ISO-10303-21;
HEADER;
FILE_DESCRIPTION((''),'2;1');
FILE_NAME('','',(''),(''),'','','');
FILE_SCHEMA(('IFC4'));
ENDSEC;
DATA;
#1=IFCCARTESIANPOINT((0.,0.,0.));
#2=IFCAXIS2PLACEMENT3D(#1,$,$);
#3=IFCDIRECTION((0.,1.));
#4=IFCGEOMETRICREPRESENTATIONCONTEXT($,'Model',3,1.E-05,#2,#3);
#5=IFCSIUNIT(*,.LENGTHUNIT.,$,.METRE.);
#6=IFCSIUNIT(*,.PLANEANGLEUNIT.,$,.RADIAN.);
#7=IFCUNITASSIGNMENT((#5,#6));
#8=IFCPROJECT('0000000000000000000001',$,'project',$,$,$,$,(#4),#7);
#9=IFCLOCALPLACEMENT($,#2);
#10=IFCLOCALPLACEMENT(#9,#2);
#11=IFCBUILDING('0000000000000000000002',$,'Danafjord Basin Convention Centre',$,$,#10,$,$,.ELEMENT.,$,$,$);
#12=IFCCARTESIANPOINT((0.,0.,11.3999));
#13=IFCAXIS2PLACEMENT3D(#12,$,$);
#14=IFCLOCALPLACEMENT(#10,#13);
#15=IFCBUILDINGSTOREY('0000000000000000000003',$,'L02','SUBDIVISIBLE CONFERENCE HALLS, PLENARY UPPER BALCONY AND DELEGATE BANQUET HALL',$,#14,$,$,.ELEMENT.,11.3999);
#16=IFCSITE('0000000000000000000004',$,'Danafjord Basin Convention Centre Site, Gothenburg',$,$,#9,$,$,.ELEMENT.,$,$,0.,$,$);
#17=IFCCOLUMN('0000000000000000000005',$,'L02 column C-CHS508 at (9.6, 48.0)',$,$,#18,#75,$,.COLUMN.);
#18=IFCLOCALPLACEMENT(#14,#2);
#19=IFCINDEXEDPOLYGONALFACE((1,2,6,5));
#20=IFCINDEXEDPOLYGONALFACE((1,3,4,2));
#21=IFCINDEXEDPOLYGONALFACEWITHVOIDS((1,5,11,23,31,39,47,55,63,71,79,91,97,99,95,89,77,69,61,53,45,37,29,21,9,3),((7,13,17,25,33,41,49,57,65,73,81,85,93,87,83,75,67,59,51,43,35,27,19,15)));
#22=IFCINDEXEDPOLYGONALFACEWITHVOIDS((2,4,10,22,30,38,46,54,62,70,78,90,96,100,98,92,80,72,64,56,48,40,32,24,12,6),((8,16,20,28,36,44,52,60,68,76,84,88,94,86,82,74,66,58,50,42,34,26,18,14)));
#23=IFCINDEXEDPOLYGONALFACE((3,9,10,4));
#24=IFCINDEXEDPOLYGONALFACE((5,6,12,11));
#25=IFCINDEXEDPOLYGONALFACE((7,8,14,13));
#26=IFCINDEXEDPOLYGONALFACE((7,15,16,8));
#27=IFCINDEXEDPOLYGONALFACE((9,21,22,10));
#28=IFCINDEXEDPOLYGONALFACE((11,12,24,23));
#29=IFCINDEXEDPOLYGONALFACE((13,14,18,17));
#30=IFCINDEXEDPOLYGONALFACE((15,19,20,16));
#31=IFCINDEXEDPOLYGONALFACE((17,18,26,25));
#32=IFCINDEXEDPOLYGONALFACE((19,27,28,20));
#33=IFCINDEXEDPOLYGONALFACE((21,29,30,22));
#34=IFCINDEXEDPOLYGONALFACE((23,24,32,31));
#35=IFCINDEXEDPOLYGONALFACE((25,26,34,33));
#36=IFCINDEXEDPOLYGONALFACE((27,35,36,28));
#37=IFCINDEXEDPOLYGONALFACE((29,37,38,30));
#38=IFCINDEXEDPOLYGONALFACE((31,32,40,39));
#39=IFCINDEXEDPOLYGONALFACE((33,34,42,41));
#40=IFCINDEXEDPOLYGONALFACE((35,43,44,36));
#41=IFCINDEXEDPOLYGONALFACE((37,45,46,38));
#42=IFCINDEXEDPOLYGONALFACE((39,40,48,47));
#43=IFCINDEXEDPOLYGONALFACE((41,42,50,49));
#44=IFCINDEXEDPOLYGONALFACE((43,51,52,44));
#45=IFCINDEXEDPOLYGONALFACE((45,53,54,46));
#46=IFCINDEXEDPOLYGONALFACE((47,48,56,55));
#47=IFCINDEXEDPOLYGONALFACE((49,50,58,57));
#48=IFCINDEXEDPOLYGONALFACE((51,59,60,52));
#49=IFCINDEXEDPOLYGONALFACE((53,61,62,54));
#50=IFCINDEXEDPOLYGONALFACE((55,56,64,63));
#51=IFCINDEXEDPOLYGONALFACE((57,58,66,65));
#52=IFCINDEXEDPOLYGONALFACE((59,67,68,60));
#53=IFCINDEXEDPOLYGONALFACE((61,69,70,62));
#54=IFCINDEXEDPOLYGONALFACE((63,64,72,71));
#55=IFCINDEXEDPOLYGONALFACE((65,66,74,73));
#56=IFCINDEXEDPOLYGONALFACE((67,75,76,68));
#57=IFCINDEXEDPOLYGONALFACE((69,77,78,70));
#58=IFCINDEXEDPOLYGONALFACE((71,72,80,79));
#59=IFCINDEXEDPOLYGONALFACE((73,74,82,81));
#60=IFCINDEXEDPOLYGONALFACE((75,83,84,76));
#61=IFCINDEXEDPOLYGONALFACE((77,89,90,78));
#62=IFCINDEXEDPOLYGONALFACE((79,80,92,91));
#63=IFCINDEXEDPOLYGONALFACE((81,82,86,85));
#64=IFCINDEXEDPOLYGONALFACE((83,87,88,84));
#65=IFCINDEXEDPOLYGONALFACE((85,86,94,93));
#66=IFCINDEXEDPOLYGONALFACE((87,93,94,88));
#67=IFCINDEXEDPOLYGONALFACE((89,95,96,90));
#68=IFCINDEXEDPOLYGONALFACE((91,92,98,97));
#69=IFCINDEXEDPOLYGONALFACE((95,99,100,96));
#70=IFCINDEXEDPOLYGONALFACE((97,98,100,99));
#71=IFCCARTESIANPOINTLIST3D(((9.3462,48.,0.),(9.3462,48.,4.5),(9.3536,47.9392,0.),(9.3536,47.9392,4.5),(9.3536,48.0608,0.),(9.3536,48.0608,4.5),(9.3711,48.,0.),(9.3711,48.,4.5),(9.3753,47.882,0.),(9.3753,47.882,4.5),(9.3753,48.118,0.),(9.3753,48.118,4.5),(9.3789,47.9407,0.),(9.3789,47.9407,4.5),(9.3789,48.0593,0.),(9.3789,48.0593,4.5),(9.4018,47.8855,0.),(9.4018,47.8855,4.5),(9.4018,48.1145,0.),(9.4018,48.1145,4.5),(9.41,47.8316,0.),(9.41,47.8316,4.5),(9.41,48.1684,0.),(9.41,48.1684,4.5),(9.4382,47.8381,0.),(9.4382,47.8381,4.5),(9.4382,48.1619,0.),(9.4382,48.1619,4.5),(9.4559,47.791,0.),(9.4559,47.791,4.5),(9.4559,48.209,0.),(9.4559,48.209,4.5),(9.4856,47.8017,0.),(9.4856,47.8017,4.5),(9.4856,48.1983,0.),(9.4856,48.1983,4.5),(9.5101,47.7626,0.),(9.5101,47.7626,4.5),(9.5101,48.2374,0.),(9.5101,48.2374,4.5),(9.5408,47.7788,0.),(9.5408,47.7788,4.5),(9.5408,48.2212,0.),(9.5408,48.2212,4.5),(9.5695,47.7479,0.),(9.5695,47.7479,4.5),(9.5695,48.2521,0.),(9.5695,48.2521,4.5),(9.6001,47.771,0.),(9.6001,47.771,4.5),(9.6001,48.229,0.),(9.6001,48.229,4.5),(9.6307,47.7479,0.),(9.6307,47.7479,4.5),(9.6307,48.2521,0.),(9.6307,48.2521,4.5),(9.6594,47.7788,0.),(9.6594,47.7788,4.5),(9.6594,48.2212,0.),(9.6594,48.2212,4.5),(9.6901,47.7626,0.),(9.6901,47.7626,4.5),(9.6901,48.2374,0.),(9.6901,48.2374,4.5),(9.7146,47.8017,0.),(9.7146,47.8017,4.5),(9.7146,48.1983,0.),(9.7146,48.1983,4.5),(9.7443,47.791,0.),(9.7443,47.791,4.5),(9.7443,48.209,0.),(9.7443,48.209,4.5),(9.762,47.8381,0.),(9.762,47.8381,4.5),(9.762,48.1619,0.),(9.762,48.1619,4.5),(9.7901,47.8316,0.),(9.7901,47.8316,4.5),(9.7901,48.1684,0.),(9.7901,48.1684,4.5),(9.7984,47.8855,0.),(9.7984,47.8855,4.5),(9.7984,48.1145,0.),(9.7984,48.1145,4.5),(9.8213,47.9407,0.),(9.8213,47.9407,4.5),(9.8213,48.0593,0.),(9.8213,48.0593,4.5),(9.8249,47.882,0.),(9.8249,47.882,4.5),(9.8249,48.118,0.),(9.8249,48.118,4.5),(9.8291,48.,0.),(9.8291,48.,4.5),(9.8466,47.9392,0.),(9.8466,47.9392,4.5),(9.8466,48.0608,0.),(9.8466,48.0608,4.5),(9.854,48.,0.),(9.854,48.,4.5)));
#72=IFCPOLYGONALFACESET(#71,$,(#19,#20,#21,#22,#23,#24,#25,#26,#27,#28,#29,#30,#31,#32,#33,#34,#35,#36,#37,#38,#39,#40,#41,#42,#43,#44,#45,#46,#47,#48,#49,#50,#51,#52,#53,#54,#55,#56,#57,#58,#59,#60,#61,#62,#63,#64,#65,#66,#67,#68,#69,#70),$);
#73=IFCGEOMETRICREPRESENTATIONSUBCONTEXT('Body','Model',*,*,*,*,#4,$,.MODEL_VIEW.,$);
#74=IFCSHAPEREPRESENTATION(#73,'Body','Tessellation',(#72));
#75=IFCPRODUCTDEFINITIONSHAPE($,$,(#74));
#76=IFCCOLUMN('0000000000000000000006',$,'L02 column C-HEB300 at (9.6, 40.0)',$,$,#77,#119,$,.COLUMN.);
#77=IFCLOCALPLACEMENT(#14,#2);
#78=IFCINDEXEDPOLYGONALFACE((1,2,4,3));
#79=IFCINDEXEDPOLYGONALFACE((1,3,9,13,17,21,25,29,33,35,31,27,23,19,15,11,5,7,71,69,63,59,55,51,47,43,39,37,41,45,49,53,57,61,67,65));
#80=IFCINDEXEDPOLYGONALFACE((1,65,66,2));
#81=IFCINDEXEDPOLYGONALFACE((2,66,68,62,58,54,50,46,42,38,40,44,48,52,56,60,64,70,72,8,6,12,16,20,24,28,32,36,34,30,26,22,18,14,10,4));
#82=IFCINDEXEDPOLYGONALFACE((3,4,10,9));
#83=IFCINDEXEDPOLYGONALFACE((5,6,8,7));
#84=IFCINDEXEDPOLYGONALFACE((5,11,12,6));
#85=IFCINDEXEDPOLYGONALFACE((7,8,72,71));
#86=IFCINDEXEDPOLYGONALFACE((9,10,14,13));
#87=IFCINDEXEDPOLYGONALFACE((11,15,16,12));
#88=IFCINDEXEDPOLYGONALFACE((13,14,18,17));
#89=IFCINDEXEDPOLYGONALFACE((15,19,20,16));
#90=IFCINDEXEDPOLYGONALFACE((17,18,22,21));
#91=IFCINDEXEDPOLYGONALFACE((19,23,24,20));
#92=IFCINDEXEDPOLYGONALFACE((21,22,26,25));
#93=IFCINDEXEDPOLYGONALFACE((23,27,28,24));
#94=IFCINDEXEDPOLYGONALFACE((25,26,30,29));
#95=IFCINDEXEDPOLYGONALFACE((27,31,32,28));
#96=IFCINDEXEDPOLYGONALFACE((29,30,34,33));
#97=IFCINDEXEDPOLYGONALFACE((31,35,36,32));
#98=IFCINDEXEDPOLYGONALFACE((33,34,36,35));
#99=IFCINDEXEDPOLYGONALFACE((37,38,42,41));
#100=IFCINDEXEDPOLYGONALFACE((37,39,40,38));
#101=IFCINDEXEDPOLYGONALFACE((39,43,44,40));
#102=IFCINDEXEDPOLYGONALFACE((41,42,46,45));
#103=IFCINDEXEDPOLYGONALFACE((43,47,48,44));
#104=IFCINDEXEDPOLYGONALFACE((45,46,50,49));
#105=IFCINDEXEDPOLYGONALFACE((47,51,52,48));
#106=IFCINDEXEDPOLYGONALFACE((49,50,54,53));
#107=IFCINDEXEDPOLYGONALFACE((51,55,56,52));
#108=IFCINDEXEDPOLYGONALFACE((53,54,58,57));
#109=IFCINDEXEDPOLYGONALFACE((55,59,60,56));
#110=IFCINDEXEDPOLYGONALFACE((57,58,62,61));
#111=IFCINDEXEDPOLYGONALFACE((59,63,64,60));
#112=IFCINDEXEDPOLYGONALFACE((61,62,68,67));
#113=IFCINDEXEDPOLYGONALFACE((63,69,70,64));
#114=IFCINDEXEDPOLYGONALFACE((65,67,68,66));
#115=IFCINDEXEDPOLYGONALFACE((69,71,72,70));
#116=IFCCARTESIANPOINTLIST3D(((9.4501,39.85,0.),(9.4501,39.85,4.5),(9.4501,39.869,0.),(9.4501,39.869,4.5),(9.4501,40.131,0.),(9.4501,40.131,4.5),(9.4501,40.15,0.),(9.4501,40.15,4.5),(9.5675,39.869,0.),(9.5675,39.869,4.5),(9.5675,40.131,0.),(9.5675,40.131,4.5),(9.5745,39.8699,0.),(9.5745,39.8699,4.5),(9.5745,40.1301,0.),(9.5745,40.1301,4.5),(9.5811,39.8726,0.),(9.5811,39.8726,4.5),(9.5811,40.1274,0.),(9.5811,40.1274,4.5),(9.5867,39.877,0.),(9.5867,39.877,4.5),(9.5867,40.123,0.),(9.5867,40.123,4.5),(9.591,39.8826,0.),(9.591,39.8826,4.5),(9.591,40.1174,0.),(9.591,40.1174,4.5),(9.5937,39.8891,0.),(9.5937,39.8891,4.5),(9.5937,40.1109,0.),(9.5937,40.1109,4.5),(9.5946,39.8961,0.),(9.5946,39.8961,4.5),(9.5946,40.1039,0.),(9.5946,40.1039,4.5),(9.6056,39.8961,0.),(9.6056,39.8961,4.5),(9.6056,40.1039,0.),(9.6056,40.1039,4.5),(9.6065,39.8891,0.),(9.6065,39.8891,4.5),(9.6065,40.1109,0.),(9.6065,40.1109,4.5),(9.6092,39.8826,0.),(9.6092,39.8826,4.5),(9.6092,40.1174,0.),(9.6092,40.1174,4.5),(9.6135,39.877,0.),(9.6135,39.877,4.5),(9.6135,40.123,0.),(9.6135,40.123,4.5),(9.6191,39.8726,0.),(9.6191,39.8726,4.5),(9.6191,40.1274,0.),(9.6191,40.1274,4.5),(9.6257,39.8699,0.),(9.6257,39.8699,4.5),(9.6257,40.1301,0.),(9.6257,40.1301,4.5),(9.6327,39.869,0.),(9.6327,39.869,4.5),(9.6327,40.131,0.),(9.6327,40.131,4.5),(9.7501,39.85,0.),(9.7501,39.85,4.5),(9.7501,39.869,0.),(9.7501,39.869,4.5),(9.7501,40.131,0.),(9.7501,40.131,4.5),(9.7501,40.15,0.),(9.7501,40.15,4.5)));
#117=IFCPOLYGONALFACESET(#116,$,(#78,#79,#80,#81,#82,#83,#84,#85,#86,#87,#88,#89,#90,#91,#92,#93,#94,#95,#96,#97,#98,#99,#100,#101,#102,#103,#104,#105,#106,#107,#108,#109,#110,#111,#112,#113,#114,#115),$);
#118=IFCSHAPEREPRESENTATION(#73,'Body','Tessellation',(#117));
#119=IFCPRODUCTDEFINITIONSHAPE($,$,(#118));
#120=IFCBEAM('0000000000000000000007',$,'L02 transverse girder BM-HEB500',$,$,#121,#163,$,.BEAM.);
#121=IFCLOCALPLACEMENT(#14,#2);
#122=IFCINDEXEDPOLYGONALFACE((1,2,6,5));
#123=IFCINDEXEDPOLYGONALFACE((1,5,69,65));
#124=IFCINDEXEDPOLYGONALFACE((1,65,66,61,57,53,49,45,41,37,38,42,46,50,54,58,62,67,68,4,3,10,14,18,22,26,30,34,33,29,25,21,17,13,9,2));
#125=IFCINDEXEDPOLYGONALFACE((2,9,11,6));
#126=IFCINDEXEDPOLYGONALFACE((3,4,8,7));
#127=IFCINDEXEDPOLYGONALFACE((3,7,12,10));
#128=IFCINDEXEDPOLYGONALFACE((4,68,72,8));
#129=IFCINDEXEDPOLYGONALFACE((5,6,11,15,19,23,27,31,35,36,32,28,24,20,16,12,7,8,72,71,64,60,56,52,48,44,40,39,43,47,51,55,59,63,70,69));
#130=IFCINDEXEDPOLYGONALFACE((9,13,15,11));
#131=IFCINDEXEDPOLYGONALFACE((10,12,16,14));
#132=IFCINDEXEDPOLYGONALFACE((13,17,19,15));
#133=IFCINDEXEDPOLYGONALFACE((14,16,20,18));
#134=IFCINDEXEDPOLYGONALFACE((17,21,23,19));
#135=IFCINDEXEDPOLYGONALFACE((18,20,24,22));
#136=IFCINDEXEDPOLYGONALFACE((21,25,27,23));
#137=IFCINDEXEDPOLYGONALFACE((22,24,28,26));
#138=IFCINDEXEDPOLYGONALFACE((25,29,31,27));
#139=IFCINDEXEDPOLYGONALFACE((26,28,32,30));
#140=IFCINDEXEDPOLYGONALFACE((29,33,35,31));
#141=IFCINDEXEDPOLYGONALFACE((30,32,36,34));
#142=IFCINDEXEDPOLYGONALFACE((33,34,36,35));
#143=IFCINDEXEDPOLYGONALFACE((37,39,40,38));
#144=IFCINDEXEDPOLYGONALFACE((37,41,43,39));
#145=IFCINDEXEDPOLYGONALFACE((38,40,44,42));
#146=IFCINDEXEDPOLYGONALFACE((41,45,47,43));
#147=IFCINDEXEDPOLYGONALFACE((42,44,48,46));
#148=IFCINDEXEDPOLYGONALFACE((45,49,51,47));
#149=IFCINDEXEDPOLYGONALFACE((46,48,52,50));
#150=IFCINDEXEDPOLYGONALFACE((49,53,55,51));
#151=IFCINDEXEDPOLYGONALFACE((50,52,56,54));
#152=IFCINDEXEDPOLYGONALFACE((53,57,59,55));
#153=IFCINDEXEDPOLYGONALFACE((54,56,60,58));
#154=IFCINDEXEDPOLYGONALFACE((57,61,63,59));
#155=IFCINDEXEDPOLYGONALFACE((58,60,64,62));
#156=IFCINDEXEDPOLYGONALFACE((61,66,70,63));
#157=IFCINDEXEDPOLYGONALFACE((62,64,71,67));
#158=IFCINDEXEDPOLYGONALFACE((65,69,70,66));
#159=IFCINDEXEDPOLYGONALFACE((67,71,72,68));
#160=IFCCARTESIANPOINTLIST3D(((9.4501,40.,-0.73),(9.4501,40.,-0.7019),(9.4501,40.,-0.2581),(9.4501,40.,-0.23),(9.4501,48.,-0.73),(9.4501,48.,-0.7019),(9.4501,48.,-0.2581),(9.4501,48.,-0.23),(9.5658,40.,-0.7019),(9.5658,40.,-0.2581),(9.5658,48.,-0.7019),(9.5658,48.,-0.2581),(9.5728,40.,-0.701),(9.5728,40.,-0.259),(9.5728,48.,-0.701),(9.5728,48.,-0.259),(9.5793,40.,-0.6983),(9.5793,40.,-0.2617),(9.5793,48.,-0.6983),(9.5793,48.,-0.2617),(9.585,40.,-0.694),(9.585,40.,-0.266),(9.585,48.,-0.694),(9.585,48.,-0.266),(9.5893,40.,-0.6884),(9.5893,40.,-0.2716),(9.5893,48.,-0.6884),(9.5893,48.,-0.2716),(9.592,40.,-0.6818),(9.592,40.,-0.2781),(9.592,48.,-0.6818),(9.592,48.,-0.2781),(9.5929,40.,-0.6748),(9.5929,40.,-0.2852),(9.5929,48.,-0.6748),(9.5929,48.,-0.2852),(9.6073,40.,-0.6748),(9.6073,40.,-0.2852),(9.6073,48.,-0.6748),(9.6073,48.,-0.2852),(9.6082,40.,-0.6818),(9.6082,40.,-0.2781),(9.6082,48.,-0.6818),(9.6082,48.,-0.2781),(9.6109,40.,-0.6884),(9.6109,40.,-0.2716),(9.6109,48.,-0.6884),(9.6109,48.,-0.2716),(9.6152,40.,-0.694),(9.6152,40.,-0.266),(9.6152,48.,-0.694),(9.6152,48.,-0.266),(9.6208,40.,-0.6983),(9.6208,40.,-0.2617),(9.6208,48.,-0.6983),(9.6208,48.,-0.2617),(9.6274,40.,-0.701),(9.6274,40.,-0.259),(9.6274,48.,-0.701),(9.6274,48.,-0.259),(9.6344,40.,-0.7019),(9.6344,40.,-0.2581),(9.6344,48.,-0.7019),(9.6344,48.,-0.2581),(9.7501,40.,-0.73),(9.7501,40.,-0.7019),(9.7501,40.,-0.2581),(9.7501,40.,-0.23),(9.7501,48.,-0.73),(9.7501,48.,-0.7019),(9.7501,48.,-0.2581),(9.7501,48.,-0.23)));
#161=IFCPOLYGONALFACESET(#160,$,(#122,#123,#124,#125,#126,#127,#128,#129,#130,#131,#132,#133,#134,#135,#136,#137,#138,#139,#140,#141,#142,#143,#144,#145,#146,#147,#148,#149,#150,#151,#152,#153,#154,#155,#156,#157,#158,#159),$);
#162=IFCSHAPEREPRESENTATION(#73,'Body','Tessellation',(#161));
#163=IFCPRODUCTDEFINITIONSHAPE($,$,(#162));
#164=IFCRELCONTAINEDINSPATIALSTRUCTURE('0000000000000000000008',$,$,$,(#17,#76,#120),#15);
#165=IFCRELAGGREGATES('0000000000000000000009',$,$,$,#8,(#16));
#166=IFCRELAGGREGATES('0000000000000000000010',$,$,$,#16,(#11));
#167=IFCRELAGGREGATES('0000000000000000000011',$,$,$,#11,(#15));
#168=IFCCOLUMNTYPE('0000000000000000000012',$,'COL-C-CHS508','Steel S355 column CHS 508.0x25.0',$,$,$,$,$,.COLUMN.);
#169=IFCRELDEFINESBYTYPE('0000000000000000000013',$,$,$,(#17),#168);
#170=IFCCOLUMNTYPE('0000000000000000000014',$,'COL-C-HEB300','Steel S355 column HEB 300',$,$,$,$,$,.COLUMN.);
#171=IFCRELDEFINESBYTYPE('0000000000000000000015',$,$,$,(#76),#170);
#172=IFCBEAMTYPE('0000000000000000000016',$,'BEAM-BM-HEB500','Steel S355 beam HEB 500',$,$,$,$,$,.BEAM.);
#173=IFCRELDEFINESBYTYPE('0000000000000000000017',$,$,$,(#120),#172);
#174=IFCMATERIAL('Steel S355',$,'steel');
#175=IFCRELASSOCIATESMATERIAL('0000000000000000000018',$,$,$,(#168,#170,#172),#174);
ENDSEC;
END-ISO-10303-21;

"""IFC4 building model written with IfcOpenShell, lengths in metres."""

from ifc_helpers import new_model, si_unit, direction, frame, origin, origin_2d, place, context, subcontext, project, spatial, hollow_circle, i_section, extrude, material, material_profile, profile_set, type_object, element, save


model = new_model("IFC4")

# Units and contexts
model_context = context("Model", 3, precision=1e-05, world=origin(), true_north=direction((0.0, 1.0)))
body_context = subcontext(model_context, "Body", "Model", "MODEL_VIEW")
ifc_project = project(units=[si_unit("LENGTHUNIT", "METRE"), si_unit("PLANEANGLEUNIT", "RADIAN")], contexts=[model_context])

# Site, building, storey
site_placement = place(None, origin())
site = spatial("IfcSite", under=ifc_project, at=site_placement, Name="Danafjord Basin Convention Centre Site, Gothenburg", CompositionType="ELEMENT", RefElevation=0.0)
building_placement = place(site_placement, origin())
building = spatial("IfcBuilding", under=site, at=building_placement, Name="Danafjord Basin Convention Centre", CompositionType="ELEMENT")
storey_placement = place(building_placement, frame((0.0, 0.0, 11.3999)))
storey = spatial("IfcBuildingStorey", under=building, at=storey_placement, Name="L02", Description="SUBDIVISIBLE CONFERENCE HALLS, PLENARY UPPER BALCONY AND DELEGATE BANQUET HALL", CompositionType="ELEMENT", Elevation=11.3999)

# Columns
ifc_material_1 = material(Name="Steel S355", Category="steel")
ifc_material_profile_1 = material_profile(ifc_material_1, hollow_circle(Radius=0.2539, WallThickness=0.0249, at=origin_2d()), Name="CHS 508.0x25.0")
ifc_profile_set_1 = profile_set([ifc_material_profile_1], Name="Steel S355")
column_type_1 = type_object("IfcColumnType", Name="COL-C-CHS508", Description="Steel S355 column CHS 508.0x25.0", PredefinedType="COLUMN", material=ifc_profile_set_1)
column_1_placement = place(storey_placement, frame((9.6001, 48.0, 0.0), z_axis=(0.0, 0.0, 1.0), x_axis=(1.0, 0.0, 0.0)))
element("IfcColumn", 1, at=column_1_placement, inside=storey, type_object=column_type_1, Name="L02 column C-CHS508 at (9.6, 48.0)", PredefinedType="COLUMN", context=body_context, shape_type="SweptSolid", body=[
    extrude(hollow_circle(Radius=0.2539, WallThickness=0.0249, at=origin_2d()), origin(), (0.0, 0.0, 1.0), 4.5),
])
ifc_material_profile_2 = material_profile(ifc_material_1, i_section(OverallWidth=0.3, OverallDepth=0.3, WebThickness=0.011, FlangeThickness=0.019, FilletRadius=0.0271, at=origin_2d()), Name="HEB 300")
ifc_profile_set_2 = profile_set([ifc_material_profile_2], Name="Steel S355")
column_type_2 = type_object("IfcColumnType", Name="COL-C-HEB300", Description="Steel S355 column HEB 300", PredefinedType="COLUMN", material=ifc_profile_set_2)
column_2_placement = place(storey_placement, frame((9.6001, 40.0, 0.0), z_axis=(0.0, 0.0, 1.0), x_axis=(1.0, 0.0, 0.0)))
element("IfcColumn", 2, at=column_2_placement, inside=storey, type_object=column_type_2, Name="L02 column C-HEB300 at (9.6, 40.0)", PredefinedType="COLUMN", context=body_context, shape_type="SweptSolid", body=[
    extrude(i_section(OverallWidth=0.3, OverallDepth=0.3, WebThickness=0.011, FlangeThickness=0.019, FilletRadius=0.0271, at=origin_2d()), origin(), (0.0, 0.0, 1.0), 4.5),
])

# Beam
ifc_material_profile_3 = material_profile(ifc_material_1, i_section(OverallWidth=0.3, OverallDepth=0.5, WebThickness=0.0144, FlangeThickness=0.0281, FilletRadius=0.0271, at=origin_2d()), Name="HEB 500")
ifc_profile_set_3 = profile_set([ifc_material_profile_3], Name="Steel S355")
beam_type_1 = type_object("IfcBeamType", Name="BEAM-BM-HEB500", Description="Steel S355 beam HEB 500", PredefinedType="BEAM", material=ifc_profile_set_3)
beam_1_placement = place(storey_placement, frame((9.6001, 40.0, -0.48), z_axis=(0.0, 1.0, 0.0), x_axis=(-1.0, 0.0, 0.0)))
element("IfcBeam", 3, at=beam_1_placement, inside=storey, type_object=beam_type_1, Name="L02 transverse girder BM-HEB500", PredefinedType="BEAM", context=body_context, shape_type="SweptSolid", body=[
    extrude(i_section(OverallWidth=0.3, OverallDepth=0.5, WebThickness=0.0144, FlangeThickness=0.0281, FilletRadius=0.0271, at=origin_2d()), origin(), (0.0, 0.0, 1.0), 8.0),
])

save(model, "model.ifc")
